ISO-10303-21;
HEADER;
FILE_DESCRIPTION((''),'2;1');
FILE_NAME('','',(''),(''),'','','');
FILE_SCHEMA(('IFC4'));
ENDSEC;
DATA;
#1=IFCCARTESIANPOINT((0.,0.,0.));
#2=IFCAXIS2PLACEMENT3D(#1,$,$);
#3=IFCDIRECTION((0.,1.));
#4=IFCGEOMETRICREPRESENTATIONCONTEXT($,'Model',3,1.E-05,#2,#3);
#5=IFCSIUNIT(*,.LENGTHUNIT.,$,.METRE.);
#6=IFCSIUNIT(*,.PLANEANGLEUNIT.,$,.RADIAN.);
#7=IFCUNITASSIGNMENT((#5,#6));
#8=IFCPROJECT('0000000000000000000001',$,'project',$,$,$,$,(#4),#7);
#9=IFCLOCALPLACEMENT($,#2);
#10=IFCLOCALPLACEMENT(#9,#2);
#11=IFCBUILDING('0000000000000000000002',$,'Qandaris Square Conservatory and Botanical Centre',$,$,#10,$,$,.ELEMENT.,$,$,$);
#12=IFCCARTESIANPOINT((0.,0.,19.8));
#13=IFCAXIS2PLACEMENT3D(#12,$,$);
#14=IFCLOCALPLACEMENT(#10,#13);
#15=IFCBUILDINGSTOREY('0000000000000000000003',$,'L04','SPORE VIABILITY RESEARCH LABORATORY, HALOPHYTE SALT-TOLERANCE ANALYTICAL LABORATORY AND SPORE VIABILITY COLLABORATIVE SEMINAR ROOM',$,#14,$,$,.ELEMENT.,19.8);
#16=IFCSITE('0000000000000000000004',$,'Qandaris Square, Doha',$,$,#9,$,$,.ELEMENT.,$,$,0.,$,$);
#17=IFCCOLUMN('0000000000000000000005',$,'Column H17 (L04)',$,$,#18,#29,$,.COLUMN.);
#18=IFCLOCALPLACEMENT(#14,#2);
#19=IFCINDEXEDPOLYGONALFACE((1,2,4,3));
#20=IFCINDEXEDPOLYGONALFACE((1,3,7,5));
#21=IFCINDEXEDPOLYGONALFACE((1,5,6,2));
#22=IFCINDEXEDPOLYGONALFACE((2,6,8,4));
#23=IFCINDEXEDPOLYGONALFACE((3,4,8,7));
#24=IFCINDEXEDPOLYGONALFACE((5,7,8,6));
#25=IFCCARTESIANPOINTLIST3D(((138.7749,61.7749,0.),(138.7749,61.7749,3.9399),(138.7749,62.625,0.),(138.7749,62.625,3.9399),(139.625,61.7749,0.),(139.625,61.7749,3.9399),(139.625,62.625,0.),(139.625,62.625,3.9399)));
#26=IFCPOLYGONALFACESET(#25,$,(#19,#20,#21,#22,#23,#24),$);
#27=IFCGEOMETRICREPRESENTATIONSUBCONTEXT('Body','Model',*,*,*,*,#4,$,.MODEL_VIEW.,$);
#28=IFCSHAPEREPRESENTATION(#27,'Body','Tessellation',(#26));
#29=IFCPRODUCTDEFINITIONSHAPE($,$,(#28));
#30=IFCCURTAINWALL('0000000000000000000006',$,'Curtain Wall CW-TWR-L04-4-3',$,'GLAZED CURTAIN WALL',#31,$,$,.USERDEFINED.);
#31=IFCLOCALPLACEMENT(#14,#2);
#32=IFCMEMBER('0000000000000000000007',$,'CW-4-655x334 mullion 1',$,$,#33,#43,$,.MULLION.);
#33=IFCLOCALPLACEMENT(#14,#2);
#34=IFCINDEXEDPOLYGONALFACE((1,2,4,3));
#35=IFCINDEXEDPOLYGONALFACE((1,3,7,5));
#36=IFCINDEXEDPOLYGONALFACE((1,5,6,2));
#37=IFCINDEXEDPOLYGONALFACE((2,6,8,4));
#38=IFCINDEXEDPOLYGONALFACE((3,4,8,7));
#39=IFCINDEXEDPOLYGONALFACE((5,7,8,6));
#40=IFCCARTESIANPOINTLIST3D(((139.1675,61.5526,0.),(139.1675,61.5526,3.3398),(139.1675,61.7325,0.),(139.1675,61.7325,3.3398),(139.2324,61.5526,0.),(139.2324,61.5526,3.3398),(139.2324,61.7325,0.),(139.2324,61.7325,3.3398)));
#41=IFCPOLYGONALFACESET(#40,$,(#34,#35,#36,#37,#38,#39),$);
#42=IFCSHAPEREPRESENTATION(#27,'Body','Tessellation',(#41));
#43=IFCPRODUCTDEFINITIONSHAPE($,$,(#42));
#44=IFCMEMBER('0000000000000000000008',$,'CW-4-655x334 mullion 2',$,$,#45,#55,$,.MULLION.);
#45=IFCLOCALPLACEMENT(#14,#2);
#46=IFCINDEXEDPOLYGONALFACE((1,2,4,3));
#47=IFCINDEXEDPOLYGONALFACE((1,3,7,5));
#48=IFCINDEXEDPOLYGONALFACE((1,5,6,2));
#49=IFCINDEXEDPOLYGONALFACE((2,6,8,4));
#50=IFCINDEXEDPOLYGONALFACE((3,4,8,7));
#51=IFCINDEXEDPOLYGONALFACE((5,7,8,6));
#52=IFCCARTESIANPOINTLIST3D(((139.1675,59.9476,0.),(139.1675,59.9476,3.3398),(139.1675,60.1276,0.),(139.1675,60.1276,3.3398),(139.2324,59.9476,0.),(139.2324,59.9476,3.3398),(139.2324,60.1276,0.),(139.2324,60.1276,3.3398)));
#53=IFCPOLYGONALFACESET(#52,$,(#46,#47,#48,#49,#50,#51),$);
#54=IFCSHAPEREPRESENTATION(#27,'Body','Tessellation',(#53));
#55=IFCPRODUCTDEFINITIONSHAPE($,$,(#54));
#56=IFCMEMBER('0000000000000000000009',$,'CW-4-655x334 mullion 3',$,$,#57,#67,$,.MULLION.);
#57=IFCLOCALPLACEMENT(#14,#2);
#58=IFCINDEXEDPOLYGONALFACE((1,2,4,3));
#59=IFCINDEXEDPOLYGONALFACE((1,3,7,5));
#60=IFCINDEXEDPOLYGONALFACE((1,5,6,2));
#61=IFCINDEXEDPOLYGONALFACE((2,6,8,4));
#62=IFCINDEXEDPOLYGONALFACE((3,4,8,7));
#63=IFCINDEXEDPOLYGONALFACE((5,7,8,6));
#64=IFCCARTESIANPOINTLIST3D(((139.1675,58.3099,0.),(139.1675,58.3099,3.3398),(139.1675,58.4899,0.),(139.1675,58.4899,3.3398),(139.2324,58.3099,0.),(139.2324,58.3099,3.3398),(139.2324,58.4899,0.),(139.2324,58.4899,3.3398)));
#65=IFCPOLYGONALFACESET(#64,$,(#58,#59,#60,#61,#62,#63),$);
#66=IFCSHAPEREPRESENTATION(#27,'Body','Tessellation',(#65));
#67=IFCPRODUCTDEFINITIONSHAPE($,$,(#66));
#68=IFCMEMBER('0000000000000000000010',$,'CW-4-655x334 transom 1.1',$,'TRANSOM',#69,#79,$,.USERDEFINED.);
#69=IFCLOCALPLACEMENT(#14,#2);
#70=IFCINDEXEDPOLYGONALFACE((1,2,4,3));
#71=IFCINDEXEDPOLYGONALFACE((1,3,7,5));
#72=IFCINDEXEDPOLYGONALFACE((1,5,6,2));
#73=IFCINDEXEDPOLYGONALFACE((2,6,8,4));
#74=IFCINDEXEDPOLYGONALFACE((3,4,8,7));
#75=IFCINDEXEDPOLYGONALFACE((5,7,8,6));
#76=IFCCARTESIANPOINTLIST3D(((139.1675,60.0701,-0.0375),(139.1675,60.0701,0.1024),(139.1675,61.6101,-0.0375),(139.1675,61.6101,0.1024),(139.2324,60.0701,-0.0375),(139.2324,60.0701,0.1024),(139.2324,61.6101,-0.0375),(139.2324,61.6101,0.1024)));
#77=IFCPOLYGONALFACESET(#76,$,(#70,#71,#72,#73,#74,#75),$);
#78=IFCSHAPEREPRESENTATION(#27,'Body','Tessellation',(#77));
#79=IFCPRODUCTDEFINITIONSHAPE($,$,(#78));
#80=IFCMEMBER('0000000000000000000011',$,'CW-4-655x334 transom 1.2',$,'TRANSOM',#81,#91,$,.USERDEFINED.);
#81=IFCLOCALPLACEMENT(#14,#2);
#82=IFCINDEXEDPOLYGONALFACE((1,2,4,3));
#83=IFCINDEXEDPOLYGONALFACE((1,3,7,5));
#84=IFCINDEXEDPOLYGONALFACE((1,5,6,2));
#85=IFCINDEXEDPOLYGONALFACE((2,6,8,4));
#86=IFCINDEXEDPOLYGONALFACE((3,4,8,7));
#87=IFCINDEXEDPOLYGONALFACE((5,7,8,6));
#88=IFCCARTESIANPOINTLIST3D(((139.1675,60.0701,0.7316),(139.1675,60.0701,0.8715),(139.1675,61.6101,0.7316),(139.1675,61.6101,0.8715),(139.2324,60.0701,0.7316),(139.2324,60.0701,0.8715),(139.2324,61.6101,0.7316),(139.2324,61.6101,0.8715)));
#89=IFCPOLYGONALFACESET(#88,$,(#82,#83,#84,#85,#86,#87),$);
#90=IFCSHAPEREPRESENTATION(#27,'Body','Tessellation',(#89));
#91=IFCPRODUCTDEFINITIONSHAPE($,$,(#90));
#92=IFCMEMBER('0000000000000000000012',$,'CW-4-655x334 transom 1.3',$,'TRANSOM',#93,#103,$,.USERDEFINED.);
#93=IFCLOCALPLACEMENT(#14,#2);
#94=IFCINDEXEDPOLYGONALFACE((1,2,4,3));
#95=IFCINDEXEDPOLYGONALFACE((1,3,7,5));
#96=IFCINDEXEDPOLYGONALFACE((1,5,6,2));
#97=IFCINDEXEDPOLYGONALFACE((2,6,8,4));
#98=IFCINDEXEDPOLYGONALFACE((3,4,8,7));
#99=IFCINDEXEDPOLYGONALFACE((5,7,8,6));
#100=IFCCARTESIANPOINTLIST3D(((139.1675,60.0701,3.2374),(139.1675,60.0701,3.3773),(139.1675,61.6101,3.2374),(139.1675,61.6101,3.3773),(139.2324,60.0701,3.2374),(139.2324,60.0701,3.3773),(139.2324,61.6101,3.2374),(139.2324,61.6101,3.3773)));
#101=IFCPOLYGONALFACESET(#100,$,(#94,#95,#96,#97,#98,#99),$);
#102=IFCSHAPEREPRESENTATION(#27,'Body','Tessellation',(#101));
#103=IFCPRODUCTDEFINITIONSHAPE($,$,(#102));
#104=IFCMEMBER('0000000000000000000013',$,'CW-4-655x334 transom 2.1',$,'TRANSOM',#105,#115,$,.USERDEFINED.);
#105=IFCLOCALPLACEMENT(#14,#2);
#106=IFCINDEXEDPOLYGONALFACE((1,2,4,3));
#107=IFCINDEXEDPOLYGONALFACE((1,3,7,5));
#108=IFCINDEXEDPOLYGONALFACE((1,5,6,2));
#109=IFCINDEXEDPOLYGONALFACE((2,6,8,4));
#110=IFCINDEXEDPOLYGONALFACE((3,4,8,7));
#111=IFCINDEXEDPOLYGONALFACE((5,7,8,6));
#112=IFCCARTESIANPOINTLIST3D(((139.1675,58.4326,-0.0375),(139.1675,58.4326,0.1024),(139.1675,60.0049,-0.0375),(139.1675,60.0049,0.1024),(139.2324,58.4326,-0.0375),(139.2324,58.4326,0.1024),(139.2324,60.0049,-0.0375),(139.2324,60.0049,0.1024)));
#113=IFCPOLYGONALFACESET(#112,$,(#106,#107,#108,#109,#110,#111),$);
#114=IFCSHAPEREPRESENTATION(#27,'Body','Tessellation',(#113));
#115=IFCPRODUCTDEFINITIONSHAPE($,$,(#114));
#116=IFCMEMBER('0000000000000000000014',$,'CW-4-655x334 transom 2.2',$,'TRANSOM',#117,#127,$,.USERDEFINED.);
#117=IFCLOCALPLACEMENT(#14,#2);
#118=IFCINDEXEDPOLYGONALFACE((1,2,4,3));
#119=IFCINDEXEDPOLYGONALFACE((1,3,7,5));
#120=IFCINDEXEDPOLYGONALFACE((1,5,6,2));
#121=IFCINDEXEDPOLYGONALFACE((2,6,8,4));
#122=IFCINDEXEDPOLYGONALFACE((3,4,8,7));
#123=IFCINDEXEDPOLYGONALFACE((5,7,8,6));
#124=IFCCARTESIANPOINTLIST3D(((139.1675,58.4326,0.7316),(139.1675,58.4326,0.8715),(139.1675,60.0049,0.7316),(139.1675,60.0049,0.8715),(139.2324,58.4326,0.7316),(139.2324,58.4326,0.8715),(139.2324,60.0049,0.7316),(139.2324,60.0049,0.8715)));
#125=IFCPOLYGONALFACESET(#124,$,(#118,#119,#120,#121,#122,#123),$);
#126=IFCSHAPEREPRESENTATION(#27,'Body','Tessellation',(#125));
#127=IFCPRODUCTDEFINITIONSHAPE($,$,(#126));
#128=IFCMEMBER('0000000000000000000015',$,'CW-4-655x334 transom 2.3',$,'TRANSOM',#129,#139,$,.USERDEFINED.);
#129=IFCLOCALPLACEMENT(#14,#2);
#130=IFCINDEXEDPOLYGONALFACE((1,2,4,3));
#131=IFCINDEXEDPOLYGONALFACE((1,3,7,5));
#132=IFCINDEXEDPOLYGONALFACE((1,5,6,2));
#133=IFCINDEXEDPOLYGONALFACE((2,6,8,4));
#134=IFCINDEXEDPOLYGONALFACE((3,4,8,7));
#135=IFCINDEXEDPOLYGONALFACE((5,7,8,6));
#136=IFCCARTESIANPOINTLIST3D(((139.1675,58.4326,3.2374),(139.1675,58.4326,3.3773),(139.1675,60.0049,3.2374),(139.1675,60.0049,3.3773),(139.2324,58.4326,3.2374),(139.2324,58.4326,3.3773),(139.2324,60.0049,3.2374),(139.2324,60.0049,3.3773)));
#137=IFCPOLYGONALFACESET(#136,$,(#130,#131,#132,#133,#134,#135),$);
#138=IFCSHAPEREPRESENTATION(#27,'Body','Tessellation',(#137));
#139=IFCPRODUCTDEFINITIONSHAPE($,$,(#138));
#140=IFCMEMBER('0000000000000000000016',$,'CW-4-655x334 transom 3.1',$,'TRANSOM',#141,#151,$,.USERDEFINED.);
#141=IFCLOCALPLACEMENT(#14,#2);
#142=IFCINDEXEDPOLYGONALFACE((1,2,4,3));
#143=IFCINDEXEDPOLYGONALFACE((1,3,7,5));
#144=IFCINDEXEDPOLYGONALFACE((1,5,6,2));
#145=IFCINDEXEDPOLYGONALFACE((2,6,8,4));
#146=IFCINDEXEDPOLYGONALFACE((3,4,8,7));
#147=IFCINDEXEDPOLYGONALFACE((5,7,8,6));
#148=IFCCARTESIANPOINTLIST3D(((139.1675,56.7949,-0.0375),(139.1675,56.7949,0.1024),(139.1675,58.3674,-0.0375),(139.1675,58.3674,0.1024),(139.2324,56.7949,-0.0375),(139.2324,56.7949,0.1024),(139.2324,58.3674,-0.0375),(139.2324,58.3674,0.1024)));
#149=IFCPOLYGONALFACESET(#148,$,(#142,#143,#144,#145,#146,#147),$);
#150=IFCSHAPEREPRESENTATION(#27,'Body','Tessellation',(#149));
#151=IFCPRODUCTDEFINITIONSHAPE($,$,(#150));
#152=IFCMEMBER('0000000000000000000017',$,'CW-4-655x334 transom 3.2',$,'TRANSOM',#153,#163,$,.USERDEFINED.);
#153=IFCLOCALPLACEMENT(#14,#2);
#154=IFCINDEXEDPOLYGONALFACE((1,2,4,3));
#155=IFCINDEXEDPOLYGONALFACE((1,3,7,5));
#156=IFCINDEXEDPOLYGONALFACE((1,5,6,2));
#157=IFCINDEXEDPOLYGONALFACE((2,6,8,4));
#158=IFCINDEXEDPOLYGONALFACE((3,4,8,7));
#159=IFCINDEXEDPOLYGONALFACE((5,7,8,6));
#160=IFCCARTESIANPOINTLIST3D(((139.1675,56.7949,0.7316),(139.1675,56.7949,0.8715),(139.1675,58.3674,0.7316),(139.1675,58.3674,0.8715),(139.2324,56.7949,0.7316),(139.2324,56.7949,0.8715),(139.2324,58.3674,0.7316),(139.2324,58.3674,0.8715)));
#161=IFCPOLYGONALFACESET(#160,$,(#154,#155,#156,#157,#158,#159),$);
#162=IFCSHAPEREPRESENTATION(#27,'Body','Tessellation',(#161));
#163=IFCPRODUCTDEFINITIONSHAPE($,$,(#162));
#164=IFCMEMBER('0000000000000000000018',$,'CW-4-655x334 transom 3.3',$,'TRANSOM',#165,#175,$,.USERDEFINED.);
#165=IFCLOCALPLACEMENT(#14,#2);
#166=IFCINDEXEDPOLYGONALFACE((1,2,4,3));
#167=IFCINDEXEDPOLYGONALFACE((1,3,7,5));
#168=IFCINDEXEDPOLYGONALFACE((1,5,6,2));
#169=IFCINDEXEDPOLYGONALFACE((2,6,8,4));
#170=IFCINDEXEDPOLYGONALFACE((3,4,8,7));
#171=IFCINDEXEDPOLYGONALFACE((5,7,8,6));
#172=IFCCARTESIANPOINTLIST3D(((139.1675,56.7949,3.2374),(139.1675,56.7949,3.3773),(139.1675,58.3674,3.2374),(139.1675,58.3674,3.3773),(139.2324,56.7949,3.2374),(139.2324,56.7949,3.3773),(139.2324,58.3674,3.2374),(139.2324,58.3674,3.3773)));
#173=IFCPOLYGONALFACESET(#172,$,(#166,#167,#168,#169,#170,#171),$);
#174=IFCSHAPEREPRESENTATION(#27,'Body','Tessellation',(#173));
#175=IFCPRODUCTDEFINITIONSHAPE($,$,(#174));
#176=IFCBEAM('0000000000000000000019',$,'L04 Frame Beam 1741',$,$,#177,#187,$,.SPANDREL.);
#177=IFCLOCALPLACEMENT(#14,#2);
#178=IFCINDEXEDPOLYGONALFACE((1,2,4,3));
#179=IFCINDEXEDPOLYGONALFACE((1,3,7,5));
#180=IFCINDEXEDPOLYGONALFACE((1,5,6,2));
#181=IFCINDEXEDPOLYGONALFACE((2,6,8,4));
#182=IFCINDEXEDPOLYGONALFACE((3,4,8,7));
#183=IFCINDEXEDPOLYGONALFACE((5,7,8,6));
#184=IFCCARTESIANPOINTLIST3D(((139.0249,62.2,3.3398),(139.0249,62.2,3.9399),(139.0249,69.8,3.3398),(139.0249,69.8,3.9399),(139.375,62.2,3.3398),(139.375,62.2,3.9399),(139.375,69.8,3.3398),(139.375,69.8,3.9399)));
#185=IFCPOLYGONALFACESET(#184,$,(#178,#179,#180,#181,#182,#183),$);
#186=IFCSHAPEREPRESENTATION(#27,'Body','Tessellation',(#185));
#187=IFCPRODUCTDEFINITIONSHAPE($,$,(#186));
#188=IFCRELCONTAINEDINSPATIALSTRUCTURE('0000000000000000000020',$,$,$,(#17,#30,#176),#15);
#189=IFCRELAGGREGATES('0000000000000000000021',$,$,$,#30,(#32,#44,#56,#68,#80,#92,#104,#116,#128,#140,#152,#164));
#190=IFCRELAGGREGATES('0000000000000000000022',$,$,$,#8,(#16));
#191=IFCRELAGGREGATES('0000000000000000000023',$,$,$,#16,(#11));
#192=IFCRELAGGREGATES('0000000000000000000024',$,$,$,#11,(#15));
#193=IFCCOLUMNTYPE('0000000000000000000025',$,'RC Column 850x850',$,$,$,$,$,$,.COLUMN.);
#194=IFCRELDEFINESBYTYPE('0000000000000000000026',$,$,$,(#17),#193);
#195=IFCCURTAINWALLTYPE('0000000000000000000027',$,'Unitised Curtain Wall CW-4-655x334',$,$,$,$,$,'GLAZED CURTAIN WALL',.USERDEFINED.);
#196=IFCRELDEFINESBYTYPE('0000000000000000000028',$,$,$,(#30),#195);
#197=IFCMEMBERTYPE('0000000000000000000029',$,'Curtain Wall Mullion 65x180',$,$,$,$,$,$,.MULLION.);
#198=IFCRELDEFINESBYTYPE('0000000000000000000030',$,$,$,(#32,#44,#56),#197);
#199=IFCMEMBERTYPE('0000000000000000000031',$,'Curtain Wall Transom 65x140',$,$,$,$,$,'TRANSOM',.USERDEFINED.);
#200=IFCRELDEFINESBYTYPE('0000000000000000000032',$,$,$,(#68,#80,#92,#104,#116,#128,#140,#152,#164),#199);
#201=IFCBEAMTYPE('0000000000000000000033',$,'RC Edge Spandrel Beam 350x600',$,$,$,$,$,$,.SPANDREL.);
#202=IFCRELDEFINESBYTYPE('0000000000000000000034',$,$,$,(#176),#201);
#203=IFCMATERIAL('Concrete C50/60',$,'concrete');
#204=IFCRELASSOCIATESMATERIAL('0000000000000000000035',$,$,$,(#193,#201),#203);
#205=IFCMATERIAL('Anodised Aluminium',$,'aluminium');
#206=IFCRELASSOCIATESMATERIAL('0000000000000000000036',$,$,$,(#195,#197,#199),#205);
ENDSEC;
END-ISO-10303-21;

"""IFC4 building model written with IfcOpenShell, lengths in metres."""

from ifc_helpers import new_model, si_unit, direction, frame, origin, origin_2d, place, context, subcontext, project, spatial, rectangle, extrude, material, material_profile, profile_set, type_object, element, aggregate, save


model = new_model("IFC4")

# Units and contexts
model_context = context("Model", 3, precision=1e-05, world=origin(), true_north=direction((0.0, 1.0)))
body_context = subcontext(model_context, "Body", "Model", "MODEL_VIEW")
ifc_project = project(units=[si_unit("LENGTHUNIT", "METRE"), si_unit("PLANEANGLEUNIT", "RADIAN")], contexts=[model_context])

# Site, building, storey
site_placement = place(None, origin())
site = spatial("IfcSite", under=ifc_project, at=site_placement, Name="Qandaris Square, Doha", CompositionType="ELEMENT", RefElevation=0.0)
building_placement = place(site_placement, origin())
building = spatial("IfcBuilding", under=site, at=building_placement, Name="Qandaris Square Conservatory and Botanical Centre", CompositionType="ELEMENT")
storey_placement = place(building_placement, frame((0.0, 0.0, 19.8)))
storey = spatial("IfcBuildingStorey", under=building, at=storey_placement, Name="L04", Description="SPORE VIABILITY RESEARCH LABORATORY, HALOPHYTE SALT-TOLERANCE ANALYTICAL LABORATORY AND SPORE VIABILITY COLLABORATIVE SEMINAR ROOM", CompositionType="ELEMENT", Elevation=19.8)

# Column
ifc_material_1 = material(Name="Concrete C50/60", Category="concrete")
ifc_material_profile_1 = material_profile(ifc_material_1, rectangle(XDim=0.8501, YDim=0.8501, at=origin_2d()), Name="RC-COL 850x850")
ifc_profile_set_1 = profile_set([ifc_material_profile_1], Name="Concrete C50/60")
column_type = type_object("IfcColumnType", Name="RC Column 850x850", PredefinedType="COLUMN", material=ifc_profile_set_1)
column_placement = place(storey_placement, frame((139.2, 62.2, 0.0), z_axis=(0.0, 0.0, 1.0), x_axis=(1.0, 0.0, 0.0)))
element("IfcColumn", 1, at=column_placement, inside=storey, type_object=column_type, Name="Column H17 (L04)", PredefinedType="COLUMN", context=body_context, shape_type="SweptSolid", body=[
    extrude(rectangle(XDim=0.8501, YDim=0.8501, at=origin_2d()), origin(), (0.0, 0.0, 1.0), 3.9399),
])

# Curtain wall, members
ifc_material_2 = material(Name="Anodised Aluminium", Category="aluminium")
curtain_wall_type = type_object("IfcCurtainWallType", Name="Unitised Curtain Wall CW-4-655x334", ElementType="GLAZED CURTAIN WALL", PredefinedType="USERDEFINED", material=ifc_material_2)
curtain_wall_placement = place(storey_placement, origin())
curtain_wall = element("IfcCurtainWall", 2, at=curtain_wall_placement, inside=storey, type_object=curtain_wall_type, Name="Curtain Wall CW-TWR-L04-4-3", ObjectType="GLAZED CURTAIN WALL", PredefinedType="USERDEFINED")
ifc_material_profile_2 = material_profile(ifc_material_2, rectangle(XDim=0.0649, YDim=0.1799, at=origin_2d()), Name="ALU-MUL 65x180")
ifc_profile_set_2 = profile_set([ifc_material_profile_2], Name="Anodised Aluminium")
member_type_1 = type_object("IfcMemberType", Name="Curtain Wall Mullion 65x180", PredefinedType="MULLION", material=ifc_profile_set_2)
member_1_placement = place(storey_placement, frame((139.2, 61.6426, 0.0), z_axis=(0.0, 0.0, 1.0), x_axis=(1.0, 0.0, 0.0)))
member_1 = element("IfcMember", 3, at=member_1_placement, type_object=member_type_1, Name="CW-4-655x334 mullion 1", PredefinedType="MULLION", context=body_context, shape_type="SweptSolid", body=[
    extrude(rectangle(XDim=0.0649, YDim=0.1799, at=origin_2d()), origin(), (0.0, 0.0, 1.0), 3.3398),
])
member_2_placement = place(storey_placement, frame((139.2, 60.0376, 0.0), z_axis=(0.0, 0.0, 1.0), x_axis=(1.0, 0.0, 0.0)))
member_2 = element("IfcMember", 4, at=member_2_placement, type_object=member_type_1, Name="CW-4-655x334 mullion 2", PredefinedType="MULLION", context=body_context, shape_type="SweptSolid", body=[
    extrude(rectangle(XDim=0.0649, YDim=0.1799, at=origin_2d()), origin(), (0.0, 0.0, 1.0), 3.3398),
])
member_3_placement = place(storey_placement, frame((139.2, 58.3999, 0.0), z_axis=(0.0, 0.0, 1.0), x_axis=(1.0, 0.0, 0.0)))
member_3 = element("IfcMember", 5, at=member_3_placement, type_object=member_type_1, Name="CW-4-655x334 mullion 3", PredefinedType="MULLION", context=body_context, shape_type="SweptSolid", body=[
    extrude(rectangle(XDim=0.0649, YDim=0.1799, at=origin_2d()), origin(), (0.0, 0.0, 1.0), 3.3398),
])
ifc_material_profile_3 = material_profile(ifc_material_2, rectangle(XDim=0.0649, YDim=0.1399, at=origin_2d()), Name="ALU-TRN 65x140")
ifc_profile_set_3 = profile_set([ifc_material_profile_3], Name="Anodised Aluminium")
member_type_2 = type_object("IfcMemberType", Name="Curtain Wall Transom 65x140", ElementType="TRANSOM", PredefinedType="USERDEFINED", material=ifc_profile_set_3)
member_4_placement = place(storey_placement, frame((139.2, 61.6101, 0.0325), z_axis=(0.0, -1.0, 0.0), x_axis=(1.0, 0.0, 0.0)))
member_4 = element("IfcMember", 6, at=member_4_placement, type_object=member_type_2, Name="CW-4-655x334 transom 1.1", ObjectType="TRANSOM", PredefinedType="USERDEFINED", context=body_context, shape_type="SweptSolid", body=[
    extrude(rectangle(XDim=0.0649, YDim=0.1399, at=origin_2d()), origin(), (0.0, 0.0, 1.0), 1.54),
])
member_5_placement = place(storey_placement, frame((139.2, 61.6101, 0.8015), z_axis=(0.0, -1.0, 0.0), x_axis=(1.0, 0.0, 0.0)))
member_5 = element("IfcMember", 7, at=member_5_placement, type_object=member_type_2, Name="CW-4-655x334 transom 1.2", ObjectType="TRANSOM", PredefinedType="USERDEFINED", context=body_context, shape_type="SweptSolid", body=[
    extrude(rectangle(XDim=0.0649, YDim=0.1399, at=origin_2d()), origin(), (0.0, 0.0, 1.0), 1.54),
])
member_6_placement = place(storey_placement, frame((139.2, 61.6101, 3.3074), z_axis=(0.0, -1.0, 0.0), x_axis=(1.0, 0.0, 0.0)))
member_6 = element("IfcMember", 8, at=member_6_placement, type_object=member_type_2, Name="CW-4-655x334 transom 1.3", ObjectType="TRANSOM", PredefinedType="USERDEFINED", context=body_context, shape_type="SweptSolid", body=[
    extrude(rectangle(XDim=0.0649, YDim=0.1399, at=origin_2d()), origin(), (0.0, 0.0, 1.0), 1.54),
])
member_7_placement = place(storey_placement, frame((139.2, 60.0049, 0.0325), z_axis=(0.0, -1.0, 0.0), x_axis=(1.0, 0.0, 0.0)))
member_7 = element("IfcMember", 9, at=member_7_placement, type_object=member_type_2, Name="CW-4-655x334 transom 2.1", ObjectType="TRANSOM", PredefinedType="USERDEFINED", context=body_context, shape_type="SweptSolid", body=[
    extrude(rectangle(XDim=0.0649, YDim=0.1399, at=origin_2d()), origin(), (0.0, 0.0, 1.0), 1.5723),
])
member_8_placement = place(storey_placement, frame((139.2, 60.0049, 0.8015), z_axis=(0.0, -1.0, 0.0), x_axis=(1.0, 0.0, 0.0)))
member_8 = element("IfcMember", 10, at=member_8_placement, type_object=member_type_2, Name="CW-4-655x334 transom 2.2", ObjectType="TRANSOM", PredefinedType="USERDEFINED", context=body_context, shape_type="SweptSolid", body=[
    extrude(rectangle(XDim=0.0649, YDim=0.1399, at=origin_2d()), origin(), (0.0, 0.0, 1.0), 1.5723),
])
member_9_placement = place(storey_placement, frame((139.2, 60.0049, 3.3074), z_axis=(0.0, -1.0, 0.0), x_axis=(1.0, 0.0, 0.0)))
member_9 = element("IfcMember", 11, at=member_9_placement, type_object=member_type_2, Name="CW-4-655x334 transom 2.3", ObjectType="TRANSOM", PredefinedType="USERDEFINED", context=body_context, shape_type="SweptSolid", body=[
    extrude(rectangle(XDim=0.0649, YDim=0.1399, at=origin_2d()), origin(), (0.0, 0.0, 1.0), 1.5723),
])
member_10_placement = place(storey_placement, frame((139.2, 58.3674, 0.0325), z_axis=(0.0, -1.0, 0.0), x_axis=(1.0, 0.0, 0.0)))
member_10 = element("IfcMember", 12, at=member_10_placement, type_object=member_type_2, Name="CW-4-655x334 transom 3.1", ObjectType="TRANSOM", PredefinedType="USERDEFINED", context=body_context, shape_type="SweptSolid", body=[
    extrude(rectangle(XDim=0.0649, YDim=0.1399, at=origin_2d()), origin(), (0.0, 0.0, 1.0), 1.5725),
])
member_11_placement = place(storey_placement, frame((139.2, 58.3674, 0.8015), z_axis=(0.0, -1.0, 0.0), x_axis=(1.0, 0.0, 0.0)))
member_11 = element("IfcMember", 13, at=member_11_placement, type_object=member_type_2, Name="CW-4-655x334 transom 3.2", ObjectType="TRANSOM", PredefinedType="USERDEFINED", context=body_context, shape_type="SweptSolid", body=[
    extrude(rectangle(XDim=0.0649, YDim=0.1399, at=origin_2d()), origin(), (0.0, 0.0, 1.0), 1.5725),
])
member_12_placement = place(storey_placement, frame((139.2, 58.3674, 3.3074), z_axis=(0.0, -1.0, 0.0), x_axis=(1.0, 0.0, 0.0)))
member_12 = element("IfcMember", 14, at=member_12_placement, type_object=member_type_2, Name="CW-4-655x334 transom 3.3", ObjectType="TRANSOM", PredefinedType="USERDEFINED", context=body_context, shape_type="SweptSolid", body=[
    extrude(rectangle(XDim=0.0649, YDim=0.1399, at=origin_2d()), origin(), (0.0, 0.0, 1.0), 1.5725),
])

# Beam
ifc_material_profile_4 = material_profile(ifc_material_1, rectangle(XDim=0.3501, YDim=0.6001, at=origin_2d()), Name="RC-SP 350x600")
ifc_profile_set_4 = profile_set([ifc_material_profile_4], Name="Concrete C50/60")
beam_type_1 = type_object("IfcBeamType", Name="RC Edge Spandrel Beam 350x600", PredefinedType="SPANDREL", material=ifc_profile_set_4)
beam_1_placement = place(storey_placement, frame((139.2, 62.2, 3.6399), z_axis=(0.0, 1.0, 0.0), x_axis=(-1.0, 0.0, 0.0)))
element("IfcBeam", 15, at=beam_1_placement, inside=storey, type_object=beam_type_1, Name="L04 Frame Beam 1741", PredefinedType="SPANDREL", context=body_context, shape_type="SweptSolid", body=[
    extrude(rectangle(XDim=0.3501, YDim=0.6001, at=origin_2d()), origin(), (0.0, 0.0, 1.0), 7.6001),
])

aggregate(curtain_wall, [member_1, member_2, member_3, member_4, member_5, member_6, member_7, member_8, member_9, member_10, member_11, member_12])

save(model, "model.ifc")
